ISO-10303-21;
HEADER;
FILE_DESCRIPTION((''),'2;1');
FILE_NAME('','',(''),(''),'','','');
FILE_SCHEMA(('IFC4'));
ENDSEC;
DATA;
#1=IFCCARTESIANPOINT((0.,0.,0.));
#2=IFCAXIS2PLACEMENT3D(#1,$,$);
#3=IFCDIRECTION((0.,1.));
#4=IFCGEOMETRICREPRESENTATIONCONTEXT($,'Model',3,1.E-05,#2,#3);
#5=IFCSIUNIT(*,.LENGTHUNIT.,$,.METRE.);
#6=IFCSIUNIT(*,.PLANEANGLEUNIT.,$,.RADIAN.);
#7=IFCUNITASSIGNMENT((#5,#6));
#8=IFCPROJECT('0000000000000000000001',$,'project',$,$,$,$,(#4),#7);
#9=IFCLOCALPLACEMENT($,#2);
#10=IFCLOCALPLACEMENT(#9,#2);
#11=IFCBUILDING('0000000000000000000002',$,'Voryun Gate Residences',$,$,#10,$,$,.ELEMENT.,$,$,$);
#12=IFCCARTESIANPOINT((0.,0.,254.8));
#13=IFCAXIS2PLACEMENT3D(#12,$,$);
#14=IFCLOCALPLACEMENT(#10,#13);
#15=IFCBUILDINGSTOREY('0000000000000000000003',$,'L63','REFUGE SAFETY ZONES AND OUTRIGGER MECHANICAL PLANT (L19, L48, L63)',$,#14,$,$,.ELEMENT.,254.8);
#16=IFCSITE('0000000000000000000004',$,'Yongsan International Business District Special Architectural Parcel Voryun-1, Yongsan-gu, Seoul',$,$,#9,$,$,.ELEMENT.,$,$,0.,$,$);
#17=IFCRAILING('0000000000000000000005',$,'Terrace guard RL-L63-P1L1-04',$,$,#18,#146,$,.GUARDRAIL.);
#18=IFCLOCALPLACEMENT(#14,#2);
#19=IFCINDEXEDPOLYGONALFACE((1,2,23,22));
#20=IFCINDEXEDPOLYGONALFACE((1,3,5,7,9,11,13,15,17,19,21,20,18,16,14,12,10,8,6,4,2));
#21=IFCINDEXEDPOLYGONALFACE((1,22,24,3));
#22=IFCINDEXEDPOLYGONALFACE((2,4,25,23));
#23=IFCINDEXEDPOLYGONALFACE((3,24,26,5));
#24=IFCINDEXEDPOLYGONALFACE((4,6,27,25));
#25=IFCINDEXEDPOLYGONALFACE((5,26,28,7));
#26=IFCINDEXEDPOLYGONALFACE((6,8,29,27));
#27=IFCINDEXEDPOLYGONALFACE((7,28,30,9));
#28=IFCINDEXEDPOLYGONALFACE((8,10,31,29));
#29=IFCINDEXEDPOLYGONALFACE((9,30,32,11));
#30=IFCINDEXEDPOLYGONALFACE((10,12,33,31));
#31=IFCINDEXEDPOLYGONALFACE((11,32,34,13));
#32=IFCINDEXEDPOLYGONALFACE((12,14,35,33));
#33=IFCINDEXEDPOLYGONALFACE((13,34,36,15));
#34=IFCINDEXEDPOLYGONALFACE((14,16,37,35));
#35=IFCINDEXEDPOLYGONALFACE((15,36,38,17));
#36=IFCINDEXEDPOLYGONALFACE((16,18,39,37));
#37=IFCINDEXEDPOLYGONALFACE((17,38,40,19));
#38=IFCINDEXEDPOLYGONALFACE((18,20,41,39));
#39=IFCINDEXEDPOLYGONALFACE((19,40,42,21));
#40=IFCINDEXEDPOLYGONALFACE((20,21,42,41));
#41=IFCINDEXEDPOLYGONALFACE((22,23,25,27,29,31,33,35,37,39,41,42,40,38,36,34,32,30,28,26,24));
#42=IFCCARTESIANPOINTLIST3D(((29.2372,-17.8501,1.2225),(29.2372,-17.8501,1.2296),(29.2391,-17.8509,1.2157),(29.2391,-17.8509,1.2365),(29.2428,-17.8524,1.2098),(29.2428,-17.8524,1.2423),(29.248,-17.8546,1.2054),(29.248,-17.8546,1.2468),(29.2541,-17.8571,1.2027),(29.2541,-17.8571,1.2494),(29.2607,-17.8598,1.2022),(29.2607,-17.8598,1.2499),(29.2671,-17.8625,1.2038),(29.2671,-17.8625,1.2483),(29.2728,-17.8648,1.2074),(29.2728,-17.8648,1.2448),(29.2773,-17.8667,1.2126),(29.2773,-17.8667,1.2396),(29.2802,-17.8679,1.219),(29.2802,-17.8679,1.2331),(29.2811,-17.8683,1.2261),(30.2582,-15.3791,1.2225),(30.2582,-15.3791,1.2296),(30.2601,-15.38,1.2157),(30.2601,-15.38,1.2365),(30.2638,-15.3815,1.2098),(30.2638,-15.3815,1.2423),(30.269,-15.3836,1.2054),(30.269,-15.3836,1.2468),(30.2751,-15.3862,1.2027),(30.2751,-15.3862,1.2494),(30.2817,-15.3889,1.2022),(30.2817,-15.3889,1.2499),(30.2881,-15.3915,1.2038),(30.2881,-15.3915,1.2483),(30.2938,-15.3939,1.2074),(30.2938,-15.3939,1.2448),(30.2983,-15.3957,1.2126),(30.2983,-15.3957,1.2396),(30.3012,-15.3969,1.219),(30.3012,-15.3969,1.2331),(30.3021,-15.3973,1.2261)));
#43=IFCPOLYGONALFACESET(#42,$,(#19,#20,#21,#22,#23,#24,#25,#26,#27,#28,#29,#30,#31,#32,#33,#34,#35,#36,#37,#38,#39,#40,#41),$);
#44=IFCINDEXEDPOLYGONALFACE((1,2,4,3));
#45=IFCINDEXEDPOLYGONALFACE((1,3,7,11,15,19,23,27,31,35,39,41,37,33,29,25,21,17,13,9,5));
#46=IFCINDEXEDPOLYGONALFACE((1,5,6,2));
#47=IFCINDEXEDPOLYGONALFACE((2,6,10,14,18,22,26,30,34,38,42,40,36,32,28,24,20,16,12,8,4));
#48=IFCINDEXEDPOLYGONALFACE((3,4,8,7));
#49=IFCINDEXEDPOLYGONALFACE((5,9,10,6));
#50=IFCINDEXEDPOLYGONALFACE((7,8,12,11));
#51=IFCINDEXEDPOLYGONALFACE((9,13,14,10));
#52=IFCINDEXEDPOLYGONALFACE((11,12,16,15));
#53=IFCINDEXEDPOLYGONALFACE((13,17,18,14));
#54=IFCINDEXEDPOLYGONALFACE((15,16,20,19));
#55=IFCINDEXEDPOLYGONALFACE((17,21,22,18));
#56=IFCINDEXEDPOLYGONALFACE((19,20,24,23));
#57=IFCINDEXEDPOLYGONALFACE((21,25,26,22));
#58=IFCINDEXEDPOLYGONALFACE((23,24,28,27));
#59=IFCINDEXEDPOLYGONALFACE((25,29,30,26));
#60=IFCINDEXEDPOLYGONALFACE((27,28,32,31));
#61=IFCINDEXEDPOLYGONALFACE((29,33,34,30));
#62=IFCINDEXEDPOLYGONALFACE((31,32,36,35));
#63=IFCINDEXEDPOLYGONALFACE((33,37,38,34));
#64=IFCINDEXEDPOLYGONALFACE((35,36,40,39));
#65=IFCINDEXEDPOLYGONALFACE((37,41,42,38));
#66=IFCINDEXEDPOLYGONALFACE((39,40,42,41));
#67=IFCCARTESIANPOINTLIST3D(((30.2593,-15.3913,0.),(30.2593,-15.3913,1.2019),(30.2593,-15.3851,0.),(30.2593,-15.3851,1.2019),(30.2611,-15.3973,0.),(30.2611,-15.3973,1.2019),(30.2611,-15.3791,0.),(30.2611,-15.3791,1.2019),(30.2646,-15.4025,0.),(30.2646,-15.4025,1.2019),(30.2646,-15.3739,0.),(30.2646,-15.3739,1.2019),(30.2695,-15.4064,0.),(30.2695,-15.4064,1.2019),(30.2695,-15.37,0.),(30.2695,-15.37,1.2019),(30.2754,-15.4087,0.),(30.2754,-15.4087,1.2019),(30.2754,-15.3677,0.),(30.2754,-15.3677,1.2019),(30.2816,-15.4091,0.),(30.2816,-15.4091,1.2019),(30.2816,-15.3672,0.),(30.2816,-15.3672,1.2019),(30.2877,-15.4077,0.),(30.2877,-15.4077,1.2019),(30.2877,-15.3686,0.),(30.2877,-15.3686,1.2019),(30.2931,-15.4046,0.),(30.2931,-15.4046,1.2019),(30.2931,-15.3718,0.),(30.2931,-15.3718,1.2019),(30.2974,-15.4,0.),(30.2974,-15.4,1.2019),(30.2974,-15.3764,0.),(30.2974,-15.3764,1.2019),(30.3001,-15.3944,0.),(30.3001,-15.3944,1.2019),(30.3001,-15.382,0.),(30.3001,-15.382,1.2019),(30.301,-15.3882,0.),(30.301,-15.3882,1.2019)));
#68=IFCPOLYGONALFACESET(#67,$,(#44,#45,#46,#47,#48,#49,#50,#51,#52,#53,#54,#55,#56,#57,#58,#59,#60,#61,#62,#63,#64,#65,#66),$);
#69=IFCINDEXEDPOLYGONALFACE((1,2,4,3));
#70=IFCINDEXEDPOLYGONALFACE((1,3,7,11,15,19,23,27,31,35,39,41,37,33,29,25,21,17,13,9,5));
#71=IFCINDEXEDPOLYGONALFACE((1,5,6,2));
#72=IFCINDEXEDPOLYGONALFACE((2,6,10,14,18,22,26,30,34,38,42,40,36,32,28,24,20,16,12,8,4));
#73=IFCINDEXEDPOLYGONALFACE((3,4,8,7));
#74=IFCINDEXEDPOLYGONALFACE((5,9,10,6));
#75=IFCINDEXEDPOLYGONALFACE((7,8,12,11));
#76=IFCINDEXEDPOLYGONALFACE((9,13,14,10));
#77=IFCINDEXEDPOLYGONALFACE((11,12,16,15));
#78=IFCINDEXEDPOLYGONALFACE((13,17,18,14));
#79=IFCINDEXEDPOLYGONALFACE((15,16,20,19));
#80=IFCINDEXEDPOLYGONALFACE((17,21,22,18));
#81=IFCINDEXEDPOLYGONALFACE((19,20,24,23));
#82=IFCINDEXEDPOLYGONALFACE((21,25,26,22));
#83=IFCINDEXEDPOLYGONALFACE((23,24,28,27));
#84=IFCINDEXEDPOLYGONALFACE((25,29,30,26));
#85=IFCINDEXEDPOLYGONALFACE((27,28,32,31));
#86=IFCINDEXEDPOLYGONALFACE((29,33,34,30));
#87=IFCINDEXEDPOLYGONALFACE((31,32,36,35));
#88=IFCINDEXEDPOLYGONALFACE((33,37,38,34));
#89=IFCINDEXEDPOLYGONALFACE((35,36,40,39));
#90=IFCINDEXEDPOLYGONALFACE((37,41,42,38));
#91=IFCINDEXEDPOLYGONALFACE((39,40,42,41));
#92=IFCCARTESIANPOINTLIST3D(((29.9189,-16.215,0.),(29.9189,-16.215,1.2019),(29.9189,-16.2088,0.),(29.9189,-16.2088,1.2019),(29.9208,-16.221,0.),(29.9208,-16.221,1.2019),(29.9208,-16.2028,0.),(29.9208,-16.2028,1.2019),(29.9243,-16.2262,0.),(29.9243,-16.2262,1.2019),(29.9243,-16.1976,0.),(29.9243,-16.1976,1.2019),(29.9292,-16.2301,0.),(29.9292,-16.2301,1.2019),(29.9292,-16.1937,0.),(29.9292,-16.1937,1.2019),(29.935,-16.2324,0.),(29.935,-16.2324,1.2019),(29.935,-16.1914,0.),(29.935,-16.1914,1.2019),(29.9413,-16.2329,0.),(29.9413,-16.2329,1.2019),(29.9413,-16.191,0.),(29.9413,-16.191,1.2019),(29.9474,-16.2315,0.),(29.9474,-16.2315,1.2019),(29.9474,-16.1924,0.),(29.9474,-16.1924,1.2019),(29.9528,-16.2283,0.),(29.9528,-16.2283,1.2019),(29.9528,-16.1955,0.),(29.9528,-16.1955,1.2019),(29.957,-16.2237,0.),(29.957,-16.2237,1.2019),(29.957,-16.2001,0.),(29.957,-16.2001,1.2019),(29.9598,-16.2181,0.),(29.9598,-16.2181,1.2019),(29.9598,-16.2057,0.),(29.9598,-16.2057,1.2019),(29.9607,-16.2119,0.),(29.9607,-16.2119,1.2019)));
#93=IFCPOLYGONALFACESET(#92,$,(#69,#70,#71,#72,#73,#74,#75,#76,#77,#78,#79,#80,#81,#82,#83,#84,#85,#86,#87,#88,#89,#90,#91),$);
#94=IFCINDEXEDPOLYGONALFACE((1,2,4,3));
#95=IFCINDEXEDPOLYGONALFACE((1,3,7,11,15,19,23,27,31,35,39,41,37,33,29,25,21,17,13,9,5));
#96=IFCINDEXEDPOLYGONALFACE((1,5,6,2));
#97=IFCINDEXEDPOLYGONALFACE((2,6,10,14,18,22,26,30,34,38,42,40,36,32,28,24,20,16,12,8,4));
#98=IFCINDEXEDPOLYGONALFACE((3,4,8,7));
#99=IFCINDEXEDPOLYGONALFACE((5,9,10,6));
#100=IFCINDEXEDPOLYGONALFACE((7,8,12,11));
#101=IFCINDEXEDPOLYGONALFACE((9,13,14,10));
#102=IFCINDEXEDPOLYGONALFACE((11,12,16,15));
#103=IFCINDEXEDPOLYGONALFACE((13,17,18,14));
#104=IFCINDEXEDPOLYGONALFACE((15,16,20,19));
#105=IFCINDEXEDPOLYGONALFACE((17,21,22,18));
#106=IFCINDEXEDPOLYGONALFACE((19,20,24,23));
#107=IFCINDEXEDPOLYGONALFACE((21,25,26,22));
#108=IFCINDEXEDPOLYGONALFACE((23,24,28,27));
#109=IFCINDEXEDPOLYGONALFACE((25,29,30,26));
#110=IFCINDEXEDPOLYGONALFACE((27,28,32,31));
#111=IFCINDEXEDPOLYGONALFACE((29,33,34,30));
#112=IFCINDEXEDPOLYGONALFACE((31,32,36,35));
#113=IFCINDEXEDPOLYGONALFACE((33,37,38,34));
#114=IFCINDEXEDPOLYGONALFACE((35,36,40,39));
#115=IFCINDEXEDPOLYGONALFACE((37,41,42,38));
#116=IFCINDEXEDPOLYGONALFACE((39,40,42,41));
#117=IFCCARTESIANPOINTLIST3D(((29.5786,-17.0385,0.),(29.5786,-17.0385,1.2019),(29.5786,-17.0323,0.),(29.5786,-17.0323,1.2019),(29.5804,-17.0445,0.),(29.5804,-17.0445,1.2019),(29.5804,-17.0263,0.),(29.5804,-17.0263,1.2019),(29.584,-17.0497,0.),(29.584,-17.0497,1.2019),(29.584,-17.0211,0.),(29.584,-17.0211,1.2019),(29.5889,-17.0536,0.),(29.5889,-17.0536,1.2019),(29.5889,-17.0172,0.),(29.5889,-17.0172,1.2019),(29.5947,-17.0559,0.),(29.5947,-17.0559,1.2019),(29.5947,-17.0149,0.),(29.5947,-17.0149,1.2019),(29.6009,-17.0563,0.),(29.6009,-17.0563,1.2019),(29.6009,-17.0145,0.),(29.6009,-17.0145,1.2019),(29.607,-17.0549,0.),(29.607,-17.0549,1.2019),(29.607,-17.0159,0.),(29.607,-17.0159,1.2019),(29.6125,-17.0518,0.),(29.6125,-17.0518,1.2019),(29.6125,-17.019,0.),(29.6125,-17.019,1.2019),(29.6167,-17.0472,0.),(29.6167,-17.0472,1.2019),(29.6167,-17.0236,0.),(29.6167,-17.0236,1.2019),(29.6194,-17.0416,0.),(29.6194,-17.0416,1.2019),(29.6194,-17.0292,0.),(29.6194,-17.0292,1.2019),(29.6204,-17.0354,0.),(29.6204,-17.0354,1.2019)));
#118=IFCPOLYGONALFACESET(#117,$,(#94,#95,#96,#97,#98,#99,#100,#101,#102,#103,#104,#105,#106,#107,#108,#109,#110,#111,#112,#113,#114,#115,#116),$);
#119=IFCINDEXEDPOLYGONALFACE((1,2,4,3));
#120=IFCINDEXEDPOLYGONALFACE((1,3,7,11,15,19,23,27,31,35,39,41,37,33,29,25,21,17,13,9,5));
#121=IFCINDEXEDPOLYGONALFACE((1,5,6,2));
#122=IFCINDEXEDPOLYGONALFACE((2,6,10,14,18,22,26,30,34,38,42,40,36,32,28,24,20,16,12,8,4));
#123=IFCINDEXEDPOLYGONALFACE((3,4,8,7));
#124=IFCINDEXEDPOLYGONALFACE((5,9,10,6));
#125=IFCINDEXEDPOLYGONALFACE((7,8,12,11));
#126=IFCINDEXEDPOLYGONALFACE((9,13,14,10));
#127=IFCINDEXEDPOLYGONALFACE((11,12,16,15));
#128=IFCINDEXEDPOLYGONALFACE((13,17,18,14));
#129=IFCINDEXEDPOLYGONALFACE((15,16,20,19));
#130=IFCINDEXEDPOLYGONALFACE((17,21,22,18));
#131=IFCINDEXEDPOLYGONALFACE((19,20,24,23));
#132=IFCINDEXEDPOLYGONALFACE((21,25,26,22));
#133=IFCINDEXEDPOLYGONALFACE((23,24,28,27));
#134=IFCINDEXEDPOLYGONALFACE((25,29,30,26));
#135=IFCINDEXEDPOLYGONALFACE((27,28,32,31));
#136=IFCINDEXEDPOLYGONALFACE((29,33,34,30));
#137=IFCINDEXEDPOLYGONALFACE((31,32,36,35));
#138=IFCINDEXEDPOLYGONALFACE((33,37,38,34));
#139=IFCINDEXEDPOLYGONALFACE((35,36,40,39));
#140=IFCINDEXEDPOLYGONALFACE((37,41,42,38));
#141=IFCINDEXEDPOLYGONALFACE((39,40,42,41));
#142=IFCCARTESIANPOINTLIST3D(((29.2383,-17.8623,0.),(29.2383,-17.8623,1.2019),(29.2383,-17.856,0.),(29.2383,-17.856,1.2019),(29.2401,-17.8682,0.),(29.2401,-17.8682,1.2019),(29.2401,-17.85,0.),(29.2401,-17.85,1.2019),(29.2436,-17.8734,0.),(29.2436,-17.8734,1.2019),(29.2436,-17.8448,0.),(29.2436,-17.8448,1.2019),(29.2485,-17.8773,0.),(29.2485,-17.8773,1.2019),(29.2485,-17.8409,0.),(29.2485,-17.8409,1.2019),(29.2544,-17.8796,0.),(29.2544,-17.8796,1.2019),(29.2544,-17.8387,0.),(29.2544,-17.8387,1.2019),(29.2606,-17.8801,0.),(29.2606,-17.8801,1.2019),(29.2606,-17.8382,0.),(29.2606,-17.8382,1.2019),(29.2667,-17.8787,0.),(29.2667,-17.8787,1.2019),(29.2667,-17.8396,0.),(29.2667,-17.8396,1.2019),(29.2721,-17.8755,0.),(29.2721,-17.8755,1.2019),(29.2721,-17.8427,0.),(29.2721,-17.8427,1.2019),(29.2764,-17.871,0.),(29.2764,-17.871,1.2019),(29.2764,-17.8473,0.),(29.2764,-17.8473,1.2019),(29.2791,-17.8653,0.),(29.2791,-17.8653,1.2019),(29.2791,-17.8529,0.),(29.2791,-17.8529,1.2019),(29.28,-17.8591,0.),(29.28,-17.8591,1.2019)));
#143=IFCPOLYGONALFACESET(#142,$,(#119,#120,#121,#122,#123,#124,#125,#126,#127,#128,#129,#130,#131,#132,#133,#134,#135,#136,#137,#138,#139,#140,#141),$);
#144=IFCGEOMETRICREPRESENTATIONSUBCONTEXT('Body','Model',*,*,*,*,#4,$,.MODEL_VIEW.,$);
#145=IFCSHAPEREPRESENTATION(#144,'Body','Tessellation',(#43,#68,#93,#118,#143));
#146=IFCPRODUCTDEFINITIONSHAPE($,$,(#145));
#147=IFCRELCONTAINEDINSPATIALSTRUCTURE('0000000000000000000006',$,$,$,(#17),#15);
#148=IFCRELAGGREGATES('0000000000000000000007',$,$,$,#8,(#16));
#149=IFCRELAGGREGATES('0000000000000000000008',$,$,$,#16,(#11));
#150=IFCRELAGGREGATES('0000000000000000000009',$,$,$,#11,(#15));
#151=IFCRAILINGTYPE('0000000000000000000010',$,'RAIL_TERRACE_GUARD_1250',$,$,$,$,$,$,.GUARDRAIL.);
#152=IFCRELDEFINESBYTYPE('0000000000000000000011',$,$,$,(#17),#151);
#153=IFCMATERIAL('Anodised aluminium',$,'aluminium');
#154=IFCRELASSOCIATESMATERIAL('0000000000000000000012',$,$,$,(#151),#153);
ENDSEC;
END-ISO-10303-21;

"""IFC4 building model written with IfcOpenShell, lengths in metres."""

from ifc_helpers import new_model, si_unit, direction, frame, origin, origin_2d, place, context, subcontext, project, spatial, circle, extrude, material, type_object, element, save


model = new_model("IFC4")

# Units and contexts
model_context = context("Model", 3, precision=1e-05, world=origin(), true_north=direction((0.0, 1.0)))
body_context = subcontext(model_context, "Body", "Model", "MODEL_VIEW")
ifc_project = project(units=[si_unit("LENGTHUNIT", "METRE"), si_unit("PLANEANGLEUNIT", "RADIAN")], contexts=[model_context])

# Site, building, storey
site_placement = place(None, origin())
site = spatial("IfcSite", under=ifc_project, at=site_placement, Name="Yongsan International Business District Special Architectural Parcel Voryun-1, Yongsan-gu, Seoul", CompositionType="ELEMENT", RefElevation=0.0)
building_placement = place(site_placement, origin())
building = spatial("IfcBuilding", under=site, at=building_placement, Name="Voryun Gate Residences", CompositionType="ELEMENT")
storey_placement = place(building_placement, frame((0.0, 0.0, 254.8)))
storey = spatial("IfcBuildingStorey", under=building, at=storey_placement, Name="L63", Description="REFUGE SAFETY ZONES AND OUTRIGGER MECHANICAL PLANT (L19, L48, L63)", CompositionType="ELEMENT", Elevation=254.8)

# Railing
ifc_material_1 = material(Name="Anodised aluminium", Category="aluminium")
railing_type = type_object("IfcRailingType", Name="RAIL_TERRACE_GUARD_1250", PredefinedType="GUARDRAIL", material=ifc_material_1)
railing_1_placement = place(storey_placement, frame((30.28, -15.3882, 0.0)))
element("IfcRailing", 1, at=railing_1_placement, inside=storey, type_object=railing_type, Name="Terrace guard RL-L63-P1L1-04", PredefinedType="GUARDRAIL", context=body_context, shape_type="SweptSolid", body=[
    extrude(circle(Radius=0.0239, at=origin_2d()), frame((0.0, 0.0, 1.2261), z_axis=(-0.381884, -0.92421, 0.0), x_axis=(0.92421, -0.381884, 0.0)), (0.0, 0.0, 1.0), 2.6736),
    extrude(circle(Radius=0.021, at=origin_2d()), origin(), (0.0, 0.0, 1.0), 1.2019),
    extrude(circle(Radius=0.021, at=origin_2d()), frame((-0.3403, -0.8237, 0.0)), (0.0, 0.0, 1.0), 1.2019),
    extrude(circle(Radius=0.021, at=origin_2d()), frame((-0.6807, -1.6472, 0.0)), (0.0, 0.0, 1.0), 1.2019),
    extrude(circle(Radius=0.021, at=origin_2d()), frame((-1.021, -2.4709, 0.0)), (0.0, 0.0, 1.0), 1.2019),
])

save(model, "model.ifc")
